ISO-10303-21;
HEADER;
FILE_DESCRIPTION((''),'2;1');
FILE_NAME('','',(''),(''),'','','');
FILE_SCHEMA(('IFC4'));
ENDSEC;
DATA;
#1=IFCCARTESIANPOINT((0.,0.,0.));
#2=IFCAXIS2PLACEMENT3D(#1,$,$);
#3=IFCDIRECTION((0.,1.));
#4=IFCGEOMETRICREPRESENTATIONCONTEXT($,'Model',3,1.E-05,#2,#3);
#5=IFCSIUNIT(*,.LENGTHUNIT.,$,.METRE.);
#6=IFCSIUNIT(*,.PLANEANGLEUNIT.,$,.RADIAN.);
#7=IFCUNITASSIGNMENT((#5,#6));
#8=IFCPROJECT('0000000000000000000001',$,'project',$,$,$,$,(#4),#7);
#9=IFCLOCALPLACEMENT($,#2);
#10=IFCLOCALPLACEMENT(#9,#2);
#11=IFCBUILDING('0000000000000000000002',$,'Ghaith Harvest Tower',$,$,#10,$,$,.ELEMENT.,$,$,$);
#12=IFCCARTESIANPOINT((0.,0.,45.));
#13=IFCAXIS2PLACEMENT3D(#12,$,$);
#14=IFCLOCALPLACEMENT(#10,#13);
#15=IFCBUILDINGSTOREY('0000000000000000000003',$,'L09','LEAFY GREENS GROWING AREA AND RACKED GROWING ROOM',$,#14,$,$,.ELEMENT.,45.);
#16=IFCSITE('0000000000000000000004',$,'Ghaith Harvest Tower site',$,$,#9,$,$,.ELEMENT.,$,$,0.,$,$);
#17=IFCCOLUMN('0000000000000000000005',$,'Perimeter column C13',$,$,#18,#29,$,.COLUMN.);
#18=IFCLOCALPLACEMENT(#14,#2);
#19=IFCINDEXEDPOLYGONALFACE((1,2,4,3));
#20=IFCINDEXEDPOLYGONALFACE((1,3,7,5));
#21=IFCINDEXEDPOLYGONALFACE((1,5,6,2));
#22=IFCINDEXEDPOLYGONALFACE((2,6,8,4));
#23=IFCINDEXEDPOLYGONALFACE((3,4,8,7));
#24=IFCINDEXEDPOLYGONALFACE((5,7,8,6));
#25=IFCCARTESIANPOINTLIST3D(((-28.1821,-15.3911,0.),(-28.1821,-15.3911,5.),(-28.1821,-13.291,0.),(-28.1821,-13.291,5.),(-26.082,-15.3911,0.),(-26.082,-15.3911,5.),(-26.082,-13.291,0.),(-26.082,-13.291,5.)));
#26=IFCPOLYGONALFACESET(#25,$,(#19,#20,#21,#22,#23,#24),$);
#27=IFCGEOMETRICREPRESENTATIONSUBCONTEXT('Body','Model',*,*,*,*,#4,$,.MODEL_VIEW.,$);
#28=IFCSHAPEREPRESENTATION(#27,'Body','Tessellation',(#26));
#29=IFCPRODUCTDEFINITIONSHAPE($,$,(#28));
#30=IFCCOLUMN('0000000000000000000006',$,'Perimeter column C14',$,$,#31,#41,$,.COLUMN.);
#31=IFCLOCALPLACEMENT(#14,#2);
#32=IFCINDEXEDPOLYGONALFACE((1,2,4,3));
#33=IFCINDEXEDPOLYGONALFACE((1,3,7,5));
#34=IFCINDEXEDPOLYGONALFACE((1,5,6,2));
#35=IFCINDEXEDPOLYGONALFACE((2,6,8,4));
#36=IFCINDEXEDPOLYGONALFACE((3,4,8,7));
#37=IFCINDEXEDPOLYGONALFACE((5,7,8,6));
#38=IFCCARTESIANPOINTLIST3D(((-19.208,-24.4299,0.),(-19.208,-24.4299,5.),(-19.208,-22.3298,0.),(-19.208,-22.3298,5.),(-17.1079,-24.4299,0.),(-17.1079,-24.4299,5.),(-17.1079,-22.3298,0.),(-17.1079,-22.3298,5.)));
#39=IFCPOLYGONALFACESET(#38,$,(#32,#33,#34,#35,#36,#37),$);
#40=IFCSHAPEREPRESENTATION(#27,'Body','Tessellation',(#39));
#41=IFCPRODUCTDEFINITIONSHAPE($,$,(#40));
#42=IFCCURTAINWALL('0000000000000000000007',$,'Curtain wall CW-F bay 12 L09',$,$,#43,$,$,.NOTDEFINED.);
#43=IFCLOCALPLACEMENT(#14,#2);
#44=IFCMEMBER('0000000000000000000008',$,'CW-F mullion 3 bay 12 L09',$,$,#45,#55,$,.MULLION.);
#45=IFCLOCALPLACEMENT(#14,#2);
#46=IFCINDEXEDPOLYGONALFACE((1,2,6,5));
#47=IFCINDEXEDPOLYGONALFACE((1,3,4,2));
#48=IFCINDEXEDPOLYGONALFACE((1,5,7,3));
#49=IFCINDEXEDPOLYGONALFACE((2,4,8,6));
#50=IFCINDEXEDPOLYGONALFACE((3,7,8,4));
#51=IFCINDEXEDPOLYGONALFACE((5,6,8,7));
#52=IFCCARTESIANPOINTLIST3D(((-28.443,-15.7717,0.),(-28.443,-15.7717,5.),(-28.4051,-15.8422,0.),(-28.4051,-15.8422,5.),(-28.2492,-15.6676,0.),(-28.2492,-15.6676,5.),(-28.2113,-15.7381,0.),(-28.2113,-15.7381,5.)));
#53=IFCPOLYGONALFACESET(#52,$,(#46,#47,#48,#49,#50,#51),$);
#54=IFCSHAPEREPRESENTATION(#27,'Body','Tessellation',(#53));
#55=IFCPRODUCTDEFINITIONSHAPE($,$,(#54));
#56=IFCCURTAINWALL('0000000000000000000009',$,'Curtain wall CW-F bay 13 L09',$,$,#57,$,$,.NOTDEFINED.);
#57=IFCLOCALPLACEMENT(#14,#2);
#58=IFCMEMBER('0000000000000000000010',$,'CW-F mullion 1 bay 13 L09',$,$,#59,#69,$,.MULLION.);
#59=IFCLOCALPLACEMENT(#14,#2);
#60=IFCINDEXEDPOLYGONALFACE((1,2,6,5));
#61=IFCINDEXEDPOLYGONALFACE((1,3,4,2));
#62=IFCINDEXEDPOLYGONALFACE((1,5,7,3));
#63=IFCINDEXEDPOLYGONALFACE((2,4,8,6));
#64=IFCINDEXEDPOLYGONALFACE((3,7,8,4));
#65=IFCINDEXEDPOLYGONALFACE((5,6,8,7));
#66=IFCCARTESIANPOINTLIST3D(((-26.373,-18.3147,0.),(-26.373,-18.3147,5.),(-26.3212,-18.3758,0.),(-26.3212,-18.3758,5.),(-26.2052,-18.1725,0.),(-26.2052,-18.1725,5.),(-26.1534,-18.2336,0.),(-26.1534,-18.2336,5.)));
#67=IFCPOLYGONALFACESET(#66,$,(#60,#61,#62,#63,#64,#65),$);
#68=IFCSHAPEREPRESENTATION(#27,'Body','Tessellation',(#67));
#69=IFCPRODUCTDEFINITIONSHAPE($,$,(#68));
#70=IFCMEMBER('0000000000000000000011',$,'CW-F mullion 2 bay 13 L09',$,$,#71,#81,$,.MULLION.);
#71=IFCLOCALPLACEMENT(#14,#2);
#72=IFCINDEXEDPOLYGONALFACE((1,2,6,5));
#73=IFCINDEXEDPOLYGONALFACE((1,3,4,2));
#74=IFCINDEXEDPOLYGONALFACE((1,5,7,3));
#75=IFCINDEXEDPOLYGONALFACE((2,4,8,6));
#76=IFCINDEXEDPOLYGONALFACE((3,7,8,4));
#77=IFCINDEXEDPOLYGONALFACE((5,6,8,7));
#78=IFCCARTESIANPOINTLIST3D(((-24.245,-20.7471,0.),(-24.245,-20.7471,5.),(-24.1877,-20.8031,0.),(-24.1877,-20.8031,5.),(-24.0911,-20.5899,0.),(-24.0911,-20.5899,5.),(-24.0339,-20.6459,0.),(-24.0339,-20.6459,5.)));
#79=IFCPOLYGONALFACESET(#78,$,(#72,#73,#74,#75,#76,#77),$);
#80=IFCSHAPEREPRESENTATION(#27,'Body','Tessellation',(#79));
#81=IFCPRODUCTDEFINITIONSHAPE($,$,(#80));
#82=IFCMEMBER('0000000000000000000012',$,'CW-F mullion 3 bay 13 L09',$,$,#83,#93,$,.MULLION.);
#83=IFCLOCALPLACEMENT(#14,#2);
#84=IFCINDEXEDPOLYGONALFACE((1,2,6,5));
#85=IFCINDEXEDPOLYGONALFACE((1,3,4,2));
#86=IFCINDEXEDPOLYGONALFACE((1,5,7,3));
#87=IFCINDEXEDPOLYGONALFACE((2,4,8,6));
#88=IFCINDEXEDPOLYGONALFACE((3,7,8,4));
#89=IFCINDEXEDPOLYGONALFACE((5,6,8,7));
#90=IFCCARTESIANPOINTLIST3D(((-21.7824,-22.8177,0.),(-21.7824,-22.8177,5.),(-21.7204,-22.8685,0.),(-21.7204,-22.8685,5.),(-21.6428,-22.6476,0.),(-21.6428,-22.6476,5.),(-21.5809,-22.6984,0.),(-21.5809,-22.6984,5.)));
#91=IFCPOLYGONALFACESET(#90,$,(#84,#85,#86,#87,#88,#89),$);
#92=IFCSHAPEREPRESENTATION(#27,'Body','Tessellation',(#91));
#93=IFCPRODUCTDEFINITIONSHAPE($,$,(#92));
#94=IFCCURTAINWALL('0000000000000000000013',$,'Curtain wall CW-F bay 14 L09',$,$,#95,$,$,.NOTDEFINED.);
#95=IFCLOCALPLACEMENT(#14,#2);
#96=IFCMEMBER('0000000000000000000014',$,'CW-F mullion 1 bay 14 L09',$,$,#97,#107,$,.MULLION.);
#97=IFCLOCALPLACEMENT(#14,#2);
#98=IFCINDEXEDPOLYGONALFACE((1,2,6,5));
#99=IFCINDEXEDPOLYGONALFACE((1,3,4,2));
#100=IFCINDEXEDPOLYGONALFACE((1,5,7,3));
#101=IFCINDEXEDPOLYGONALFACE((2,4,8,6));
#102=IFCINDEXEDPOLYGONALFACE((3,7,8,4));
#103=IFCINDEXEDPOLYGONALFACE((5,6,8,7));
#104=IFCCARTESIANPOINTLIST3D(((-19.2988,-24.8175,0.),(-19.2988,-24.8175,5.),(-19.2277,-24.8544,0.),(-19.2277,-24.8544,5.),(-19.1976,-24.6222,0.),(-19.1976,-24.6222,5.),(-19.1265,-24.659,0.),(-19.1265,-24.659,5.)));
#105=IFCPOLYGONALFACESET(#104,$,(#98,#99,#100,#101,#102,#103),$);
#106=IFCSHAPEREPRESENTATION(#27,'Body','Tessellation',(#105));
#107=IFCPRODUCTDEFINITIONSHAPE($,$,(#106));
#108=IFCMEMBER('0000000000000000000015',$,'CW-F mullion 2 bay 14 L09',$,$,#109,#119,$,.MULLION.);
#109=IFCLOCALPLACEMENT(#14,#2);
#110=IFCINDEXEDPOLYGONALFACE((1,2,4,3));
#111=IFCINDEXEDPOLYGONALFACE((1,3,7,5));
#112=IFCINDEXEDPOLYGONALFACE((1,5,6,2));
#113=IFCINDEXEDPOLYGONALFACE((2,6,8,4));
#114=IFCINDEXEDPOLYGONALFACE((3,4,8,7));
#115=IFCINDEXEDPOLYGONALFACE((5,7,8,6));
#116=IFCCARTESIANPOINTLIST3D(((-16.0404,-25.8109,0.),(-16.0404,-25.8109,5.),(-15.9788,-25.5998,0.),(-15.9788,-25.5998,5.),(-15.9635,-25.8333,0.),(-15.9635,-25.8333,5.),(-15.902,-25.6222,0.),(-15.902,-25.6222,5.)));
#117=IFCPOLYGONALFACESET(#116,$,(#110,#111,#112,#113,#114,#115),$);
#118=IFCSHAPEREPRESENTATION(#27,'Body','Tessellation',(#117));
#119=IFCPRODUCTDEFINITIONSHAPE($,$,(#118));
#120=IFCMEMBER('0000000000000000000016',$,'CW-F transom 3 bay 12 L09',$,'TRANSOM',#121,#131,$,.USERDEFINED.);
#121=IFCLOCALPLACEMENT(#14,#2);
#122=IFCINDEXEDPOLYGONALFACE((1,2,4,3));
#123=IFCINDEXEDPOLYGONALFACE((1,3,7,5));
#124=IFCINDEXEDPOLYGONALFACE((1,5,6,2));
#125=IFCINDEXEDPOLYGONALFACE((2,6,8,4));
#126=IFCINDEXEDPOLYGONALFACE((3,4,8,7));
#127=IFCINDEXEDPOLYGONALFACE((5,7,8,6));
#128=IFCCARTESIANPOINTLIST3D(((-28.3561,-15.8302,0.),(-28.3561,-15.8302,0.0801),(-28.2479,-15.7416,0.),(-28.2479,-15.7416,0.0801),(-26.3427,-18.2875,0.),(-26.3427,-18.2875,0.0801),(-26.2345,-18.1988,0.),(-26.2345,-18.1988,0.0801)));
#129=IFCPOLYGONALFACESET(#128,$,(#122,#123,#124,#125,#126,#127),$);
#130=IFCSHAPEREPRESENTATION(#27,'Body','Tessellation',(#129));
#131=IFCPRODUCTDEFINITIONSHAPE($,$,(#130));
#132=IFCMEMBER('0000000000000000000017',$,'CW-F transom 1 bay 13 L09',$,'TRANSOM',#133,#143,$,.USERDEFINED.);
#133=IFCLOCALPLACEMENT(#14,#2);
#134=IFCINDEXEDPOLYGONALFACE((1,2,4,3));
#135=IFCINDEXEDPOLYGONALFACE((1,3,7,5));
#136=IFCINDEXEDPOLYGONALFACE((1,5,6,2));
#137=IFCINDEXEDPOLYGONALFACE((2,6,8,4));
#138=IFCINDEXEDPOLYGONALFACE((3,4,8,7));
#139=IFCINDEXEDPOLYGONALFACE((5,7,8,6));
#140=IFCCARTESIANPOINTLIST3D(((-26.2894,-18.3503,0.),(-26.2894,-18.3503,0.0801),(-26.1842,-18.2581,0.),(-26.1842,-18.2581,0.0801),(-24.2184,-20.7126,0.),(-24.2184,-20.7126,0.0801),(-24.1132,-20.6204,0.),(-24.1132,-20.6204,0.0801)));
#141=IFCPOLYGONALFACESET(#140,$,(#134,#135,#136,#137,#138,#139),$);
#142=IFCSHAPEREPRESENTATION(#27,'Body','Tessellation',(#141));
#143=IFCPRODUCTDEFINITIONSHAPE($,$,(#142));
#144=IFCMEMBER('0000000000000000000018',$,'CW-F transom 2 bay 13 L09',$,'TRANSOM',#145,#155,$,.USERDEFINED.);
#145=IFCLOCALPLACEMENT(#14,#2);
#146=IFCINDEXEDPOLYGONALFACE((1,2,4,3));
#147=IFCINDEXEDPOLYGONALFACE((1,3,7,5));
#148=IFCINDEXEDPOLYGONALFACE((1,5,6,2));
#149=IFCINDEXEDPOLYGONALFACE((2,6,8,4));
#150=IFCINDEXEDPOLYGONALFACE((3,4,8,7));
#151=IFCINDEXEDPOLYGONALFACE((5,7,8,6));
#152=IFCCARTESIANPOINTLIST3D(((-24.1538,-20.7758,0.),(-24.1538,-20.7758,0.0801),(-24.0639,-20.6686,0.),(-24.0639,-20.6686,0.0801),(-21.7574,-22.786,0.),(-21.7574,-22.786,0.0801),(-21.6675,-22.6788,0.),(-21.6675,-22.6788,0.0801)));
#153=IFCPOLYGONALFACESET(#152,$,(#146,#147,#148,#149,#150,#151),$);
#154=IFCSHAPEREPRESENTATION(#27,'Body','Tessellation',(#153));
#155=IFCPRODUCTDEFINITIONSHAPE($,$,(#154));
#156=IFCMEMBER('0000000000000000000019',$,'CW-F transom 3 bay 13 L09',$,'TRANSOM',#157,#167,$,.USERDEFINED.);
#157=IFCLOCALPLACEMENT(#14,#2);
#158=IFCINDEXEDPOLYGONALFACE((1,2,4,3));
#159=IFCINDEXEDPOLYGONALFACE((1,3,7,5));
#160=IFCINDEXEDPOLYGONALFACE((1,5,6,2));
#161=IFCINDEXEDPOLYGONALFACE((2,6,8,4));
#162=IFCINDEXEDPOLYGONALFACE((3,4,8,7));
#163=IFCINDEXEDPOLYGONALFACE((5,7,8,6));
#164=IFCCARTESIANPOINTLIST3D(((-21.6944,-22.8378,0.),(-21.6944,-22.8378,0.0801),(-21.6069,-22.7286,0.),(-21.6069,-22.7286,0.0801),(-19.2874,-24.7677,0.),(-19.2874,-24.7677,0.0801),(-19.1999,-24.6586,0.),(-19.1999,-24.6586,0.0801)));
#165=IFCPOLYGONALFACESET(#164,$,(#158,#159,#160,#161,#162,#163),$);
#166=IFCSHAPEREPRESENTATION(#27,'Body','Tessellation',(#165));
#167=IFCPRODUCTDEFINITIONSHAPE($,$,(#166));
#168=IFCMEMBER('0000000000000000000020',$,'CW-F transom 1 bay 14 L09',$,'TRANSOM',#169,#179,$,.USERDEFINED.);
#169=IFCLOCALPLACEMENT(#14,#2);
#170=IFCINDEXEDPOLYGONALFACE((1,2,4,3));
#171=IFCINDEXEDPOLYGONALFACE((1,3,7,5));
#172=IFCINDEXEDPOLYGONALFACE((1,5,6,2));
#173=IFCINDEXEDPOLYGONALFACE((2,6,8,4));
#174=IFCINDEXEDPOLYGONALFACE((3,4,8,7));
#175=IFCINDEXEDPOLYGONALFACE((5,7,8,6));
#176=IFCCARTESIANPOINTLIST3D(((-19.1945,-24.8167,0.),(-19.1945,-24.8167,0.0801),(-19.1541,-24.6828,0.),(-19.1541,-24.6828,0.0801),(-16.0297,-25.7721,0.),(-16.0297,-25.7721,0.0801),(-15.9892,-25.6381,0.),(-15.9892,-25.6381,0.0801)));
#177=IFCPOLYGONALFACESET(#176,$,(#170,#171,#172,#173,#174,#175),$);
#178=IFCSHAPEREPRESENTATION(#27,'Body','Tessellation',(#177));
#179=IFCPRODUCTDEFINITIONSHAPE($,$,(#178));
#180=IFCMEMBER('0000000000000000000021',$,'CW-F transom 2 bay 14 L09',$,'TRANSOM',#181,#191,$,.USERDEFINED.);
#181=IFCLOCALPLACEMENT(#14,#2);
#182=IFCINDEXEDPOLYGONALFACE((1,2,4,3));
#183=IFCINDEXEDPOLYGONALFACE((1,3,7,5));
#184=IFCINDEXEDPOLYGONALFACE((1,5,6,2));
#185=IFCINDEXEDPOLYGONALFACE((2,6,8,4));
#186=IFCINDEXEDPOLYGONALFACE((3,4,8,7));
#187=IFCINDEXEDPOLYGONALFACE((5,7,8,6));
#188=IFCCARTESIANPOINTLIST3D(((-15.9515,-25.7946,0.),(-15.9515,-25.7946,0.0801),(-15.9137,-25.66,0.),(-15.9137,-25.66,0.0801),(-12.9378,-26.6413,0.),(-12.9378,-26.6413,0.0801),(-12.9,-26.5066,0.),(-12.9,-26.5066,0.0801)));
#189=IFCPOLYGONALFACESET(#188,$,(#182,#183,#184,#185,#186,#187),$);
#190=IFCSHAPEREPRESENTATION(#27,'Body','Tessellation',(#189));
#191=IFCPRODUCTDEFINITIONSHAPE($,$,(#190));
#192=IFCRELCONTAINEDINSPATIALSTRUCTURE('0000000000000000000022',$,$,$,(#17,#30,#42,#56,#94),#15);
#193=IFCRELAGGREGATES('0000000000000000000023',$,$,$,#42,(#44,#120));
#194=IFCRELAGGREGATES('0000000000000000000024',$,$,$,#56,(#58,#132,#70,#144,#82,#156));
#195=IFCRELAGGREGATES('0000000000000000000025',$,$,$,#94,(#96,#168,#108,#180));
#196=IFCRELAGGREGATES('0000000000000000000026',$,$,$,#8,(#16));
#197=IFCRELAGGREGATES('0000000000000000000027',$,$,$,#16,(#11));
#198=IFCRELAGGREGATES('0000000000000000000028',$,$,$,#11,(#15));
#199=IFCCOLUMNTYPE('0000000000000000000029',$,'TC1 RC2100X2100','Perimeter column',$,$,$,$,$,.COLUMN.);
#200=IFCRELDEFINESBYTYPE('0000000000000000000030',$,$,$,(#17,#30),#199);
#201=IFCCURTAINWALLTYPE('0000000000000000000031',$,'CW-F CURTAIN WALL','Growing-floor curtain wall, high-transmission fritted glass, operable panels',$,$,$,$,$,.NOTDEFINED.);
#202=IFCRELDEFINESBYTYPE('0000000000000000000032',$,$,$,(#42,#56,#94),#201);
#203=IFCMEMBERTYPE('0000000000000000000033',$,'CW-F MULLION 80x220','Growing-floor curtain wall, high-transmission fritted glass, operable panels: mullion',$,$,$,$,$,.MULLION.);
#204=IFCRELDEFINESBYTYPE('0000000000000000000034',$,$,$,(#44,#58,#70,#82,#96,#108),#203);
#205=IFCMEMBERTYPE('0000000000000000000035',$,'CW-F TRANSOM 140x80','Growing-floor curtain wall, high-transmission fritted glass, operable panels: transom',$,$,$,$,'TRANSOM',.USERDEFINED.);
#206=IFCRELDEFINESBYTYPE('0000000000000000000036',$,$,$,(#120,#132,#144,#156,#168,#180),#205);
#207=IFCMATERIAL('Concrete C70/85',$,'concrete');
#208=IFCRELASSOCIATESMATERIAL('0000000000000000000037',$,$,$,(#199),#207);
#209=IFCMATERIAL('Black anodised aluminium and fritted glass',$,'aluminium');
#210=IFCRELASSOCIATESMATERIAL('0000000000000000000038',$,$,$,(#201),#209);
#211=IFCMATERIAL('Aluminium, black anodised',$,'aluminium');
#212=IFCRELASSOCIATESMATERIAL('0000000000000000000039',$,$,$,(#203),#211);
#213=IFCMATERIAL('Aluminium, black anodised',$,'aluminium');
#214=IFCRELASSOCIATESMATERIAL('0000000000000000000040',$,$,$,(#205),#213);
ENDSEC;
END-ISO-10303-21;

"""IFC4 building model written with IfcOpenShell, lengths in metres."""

from ifc_helpers import new_model, si_unit, direction, frame, origin, origin_2d, place, context, subcontext, project, spatial, rectangle, extrude, material, material_profile, profile_set, type_object, element, aggregate, save


model = new_model("IFC4")

# Units and contexts
model_context = context("Model", 3, precision=1e-05, world=origin(), true_north=direction((0.0, 1.0)))
body_context = subcontext(model_context, "Body", "Model", "MODEL_VIEW")
ifc_project = project(units=[si_unit("LENGTHUNIT", "METRE"), si_unit("PLANEANGLEUNIT", "RADIAN")], contexts=[model_context])

# Site, building, storey
site_placement = place(None, origin())
site = spatial("IfcSite", under=ifc_project, at=site_placement, Name="Ghaith Harvest Tower site", CompositionType="ELEMENT", RefElevation=0.0)
building_placement = place(site_placement, origin())
building = spatial("IfcBuilding", under=site, at=building_placement, Name="Ghaith Harvest Tower", CompositionType="ELEMENT")
storey_placement = place(building_placement, frame((0.0, 0.0, 45.0)))
storey = spatial("IfcBuildingStorey", under=building, at=storey_placement, Name="L09", Description="LEAFY GREENS GROWING AREA AND RACKED GROWING ROOM", CompositionType="ELEMENT", Elevation=45.0)

# Columns
ifc_material_1 = material(Name="Concrete C70/85", Category="concrete")
ifc_material_profile_1 = material_profile(ifc_material_1, rectangle(XDim=2.1001, YDim=2.1001, at=origin_2d()), Name="RC2100X2100")
ifc_profile_set_1 = profile_set([ifc_material_profile_1], Name="Concrete C70/85")
column_type = type_object("IfcColumnType", Name="TC1 RC2100X2100", Description="Perimeter column", PredefinedType="COLUMN", material=ifc_profile_set_1)
for number, where, z_axis, x_axis, name in (
    (1, (-27.1321, -14.3411, 0.0), (0.0, 0.0, 1.0), (1.0, 0.0, 0.0), "Perimeter column C13"),
    (2, (-18.158, -23.3799, 0.0), (0.0, 0.0, 1.0), (1.0, 0.0, 0.0), "Perimeter column C14"),
):
    element("IfcColumn", number, at=place(storey_placement, frame(where, z_axis=z_axis, x_axis=x_axis)), inside=storey, type_object=column_type, Name=name, PredefinedType="COLUMN", context=body_context, shape_type="SweptSolid", body=[
        extrude(rectangle(XDim=2.1001, YDim=2.1001, at=origin_2d()), origin(), (0.0, 0.0, 1.0), 5.0),
    ])

# Curtain wall, member
ifc_material_2 = material(Name="Black anodised aluminium and fritted glass", Category="aluminium")
curtain_wall_type = type_object("IfcCurtainWallType", Name="CW-F CURTAIN WALL", Description="Growing-floor curtain wall, high-transmission fritted glass, operable panels", PredefinedType="NOTDEFINED", material=ifc_material_2)
curtain_wall_1_placement = place(storey_placement, origin())
curtain_wall_1 = element("IfcCurtainWall", 3, at=curtain_wall_1_placement, inside=storey, type_object=curtain_wall_type, Name="Curtain wall CW-F bay 12 L09", PredefinedType="NOTDEFINED")
ifc_material_3 = material(Name="Aluminium, black anodised", Category="aluminium")
ifc_material_profile_2 = material_profile(ifc_material_3, rectangle(XDim=0.0801, YDim=0.22, at=origin_2d()), Name="CW-F MULLION 80x220")
ifc_profile_set_2 = profile_set([ifc_material_profile_2], Name="Aluminium, black anodised")
member_type_1 = type_object("IfcMemberType", Name="CW-F MULLION 80x220", Description="Growing-floor curtain wall, high-transmission fritted glass, operable panels: mullion", PredefinedType="MULLION", material=ifc_profile_set_2)
member_1_placement = place(storey_placement, frame((-28.3271, -15.7549, 0.0), z_axis=(0.0, 0.0, 1.0), x_axis=(0.473265, -0.88092, 0.0)))
member_1 = element("IfcMember", 4, at=member_1_placement, type_object=member_type_1, Name="CW-F mullion 3 bay 12 L09", PredefinedType="MULLION", context=body_context, shape_type="SweptSolid", body=[
    extrude(rectangle(XDim=0.0801, YDim=0.22, at=origin_2d()), origin(), (0.0, 0.0, 1.0), 5.0),
])

# Curtain walls, members
curtain_wall_2_placement = place(storey_placement, origin())
curtain_wall_2 = element("IfcCurtainWall", 5, at=curtain_wall_2_placement, inside=storey, type_object=curtain_wall_type, Name="Curtain wall CW-F bay 13 L09", PredefinedType="NOTDEFINED")
member_2_placement = place(storey_placement, frame((-26.2632, -18.2742, 0.0), z_axis=(0.0, 0.0, 1.0), x_axis=(0.646524, -0.762894, 0.0)))
member_2 = element("IfcMember", 6, at=member_2_placement, type_object=member_type_1, Name="CW-F mullion 1 bay 13 L09", PredefinedType="MULLION", context=body_context, shape_type="SweptSolid", body=[
    extrude(rectangle(XDim=0.0801, YDim=0.22, at=origin_2d()), origin(), (0.0, 0.0, 1.0), 5.0),
])
member_3_placement = place(storey_placement, frame((-24.1394, -20.6965, 0.0), z_axis=(0.0, 0.0, 1.0), x_axis=(0.714663, -0.699469, 0.0)))
member_3 = element("IfcMember", 7, at=member_3_placement, type_object=member_type_1, Name="CW-F mullion 2 bay 13 L09", PredefinedType="MULLION", context=body_context, shape_type="SweptSolid", body=[
    extrude(rectangle(XDim=0.0801, YDim=0.22, at=origin_2d()), origin(), (0.0, 0.0, 1.0), 5.0),
])
member_4_placement = place(storey_placement, frame((-21.6816, -22.7581, 0.0), z_axis=(0.0, 0.0, 1.0), x_axis=(0.773139, -0.634237, 0.0)))
member_4 = element("IfcMember", 8, at=member_4_placement, type_object=member_type_1, Name="CW-F mullion 3 bay 13 L09", PredefinedType="MULLION", context=body_context, shape_type="SweptSolid", body=[
    extrude(rectangle(XDim=0.0801, YDim=0.22, at=origin_2d()), origin(), (0.0, 0.0, 1.0), 5.0),
])
curtain_wall_3_placement = place(storey_placement, origin())
curtain_wall_3 = element("IfcCurtainWall", 9, at=curtain_wall_3_placement, inside=storey, type_object=curtain_wall_type, Name="Curtain wall CW-F bay 14 L09", PredefinedType="NOTDEFINED")
member_5_placement = place(storey_placement, frame((-19.2126, -24.7383, 0.0), z_axis=(0.0, 0.0, 1.0), x_axis=(0.887912, -0.460013, 0.0)))
member_5 = element("IfcMember", 10, at=member_5_placement, type_object=member_type_1, Name="CW-F mullion 1 bay 14 L09", PredefinedType="MULLION", context=body_context, shape_type="SweptSolid", body=[
    extrude(rectangle(XDim=0.0801, YDim=0.22, at=origin_2d()), origin(), (0.0, 0.0, 1.0), 5.0),
])
member_6_placement = place(storey_placement, frame((-15.9712, -25.7166, 0.0), z_axis=(0.0, 0.0, 1.0), x_axis=(0.960009, -0.27997, 0.0)))
member_6 = element("IfcMember", 11, at=member_6_placement, type_object=member_type_1, Name="CW-F mullion 2 bay 14 L09", PredefinedType="MULLION", context=body_context, shape_type="SweptSolid", body=[
    extrude(rectangle(XDim=0.0801, YDim=0.22, at=origin_2d()), origin(), (0.0, 0.0, 1.0), 5.0),
])

# Members
ifc_material_4 = material(Name="Aluminium, black anodised", Category="aluminium")
ifc_material_profile_3 = material_profile(ifc_material_4, rectangle(XDim=0.1399, YDim=0.0801, at=origin_2d()), Name="CW-F TRANSOM 140x80")
ifc_profile_set_3 = profile_set([ifc_material_profile_3], Name="Aluminium, black anodised")
member_type_2 = type_object("IfcMemberType", Name="CW-F TRANSOM 140x80", Description="Growing-floor curtain wall, high-transmission fritted glass, operable panels: transom", ElementType="TRANSOM", PredefinedType="USERDEFINED", material=ifc_profile_set_3)
member_7_placement = place(storey_placement, frame((-28.302, -15.7859, 0.04), z_axis=(0.63379, -0.773505, 0.0), x_axis=(0.773505, 0.63379, 0.0)))
member_7 = element("IfcMember", 12, at=member_7_placement, type_object=member_type_2, Name="CW-F transom 3 bay 12 L09", ObjectType="TRANSOM", PredefinedType="USERDEFINED", context=body_context, shape_type="SweptSolid", body=[
    extrude(rectangle(XDim=0.1399, YDim=0.0801, at=origin_2d()), origin(), (0.0, 0.0, 1.0), 3.1768),
])
member_8_placement = place(storey_placement, frame((-26.2368, -18.3042, 0.04), z_axis=(0.659231, -0.751941, 0.0), x_axis=(0.751941, 0.659231, 0.0)))
member_8 = element("IfcMember", 13, at=member_8_placement, type_object=member_type_2, Name="CW-F transom 1 bay 13 L09", ObjectType="TRANSOM", PredefinedType="USERDEFINED", context=body_context, shape_type="SweptSolid", body=[
    extrude(rectangle(XDim=0.1399, YDim=0.0801, at=origin_2d()), origin(), (0.0, 0.0, 1.0), 3.1416),
])
member_9_placement = place(storey_placement, frame((-24.1089, -20.7222, 0.04), z_axis=(0.766144, -0.642668, 0.0), x_axis=(0.642668, 0.766144, 0.0)))
member_9 = element("IfcMember", 14, at=member_9_placement, type_object=member_type_2, Name="CW-F transom 2 bay 13 L09", ObjectType="TRANSOM", PredefinedType="USERDEFINED", context=body_context, shape_type="SweptSolid", body=[
    extrude(rectangle(XDim=0.1399, YDim=0.0801, at=origin_2d()), origin(), (0.0, 0.0, 1.0), 3.1279),
])
member_10_placement = place(storey_placement, frame((-21.6506, -22.7832, 0.04), z_axis=(0.780181, -0.625554, 0.0), x_axis=(0.625554, 0.780181, 0.0)))
member_10 = element("IfcMember", 15, at=member_10_placement, type_object=member_type_2, Name="CW-F transom 3 bay 13 L09", ObjectType="TRANSOM", PredefinedType="USERDEFINED", context=body_context, shape_type="SweptSolid", body=[
    extrude(rectangle(XDim=0.1399, YDim=0.0801, at=origin_2d()), origin(), (0.0, 0.0, 1.0), 3.0852),
])
member_11_placement = place(storey_placement, frame((-19.1743, -24.7498, 0.04), z_axis=(0.957335, -0.28898, 0.0), x_axis=(0.28898, 0.957335, 0.0)))
member_11 = element("IfcMember", 16, at=member_11_placement, type_object=member_type_2, Name="CW-F transom 1 bay 14 L09", ObjectType="TRANSOM", PredefinedType="USERDEFINED", context=body_context, shape_type="SweptSolid", body=[
    extrude(rectangle(XDim=0.1399, YDim=0.0801, at=origin_2d()), origin(), (0.0, 0.0, 1.0), 3.3059),
])
member_12_placement = place(storey_placement, frame((-15.9326, -25.7273, 0.04), z_axis=(0.962727, -0.270475, 0.0), x_axis=(0.270475, 0.962727, 0.0)))
member_12 = element("IfcMember", 17, at=member_12_placement, type_object=member_type_2, Name="CW-F transom 2 bay 14 L09", ObjectType="TRANSOM", PredefinedType="USERDEFINED", context=body_context, shape_type="SweptSolid", body=[
    extrude(rectangle(XDim=0.1399, YDim=0.0801, at=origin_2d()), origin(), (0.0, 0.0, 1.0), 3.1304),
])

aggregate(curtain_wall_1, [member_1, member_7])
aggregate(curtain_wall_2, [member_2, member_8, member_3, member_9, member_4, member_10])
aggregate(curtain_wall_3, [member_5, member_11, member_6, member_12])

save(model, "model.ifc")
